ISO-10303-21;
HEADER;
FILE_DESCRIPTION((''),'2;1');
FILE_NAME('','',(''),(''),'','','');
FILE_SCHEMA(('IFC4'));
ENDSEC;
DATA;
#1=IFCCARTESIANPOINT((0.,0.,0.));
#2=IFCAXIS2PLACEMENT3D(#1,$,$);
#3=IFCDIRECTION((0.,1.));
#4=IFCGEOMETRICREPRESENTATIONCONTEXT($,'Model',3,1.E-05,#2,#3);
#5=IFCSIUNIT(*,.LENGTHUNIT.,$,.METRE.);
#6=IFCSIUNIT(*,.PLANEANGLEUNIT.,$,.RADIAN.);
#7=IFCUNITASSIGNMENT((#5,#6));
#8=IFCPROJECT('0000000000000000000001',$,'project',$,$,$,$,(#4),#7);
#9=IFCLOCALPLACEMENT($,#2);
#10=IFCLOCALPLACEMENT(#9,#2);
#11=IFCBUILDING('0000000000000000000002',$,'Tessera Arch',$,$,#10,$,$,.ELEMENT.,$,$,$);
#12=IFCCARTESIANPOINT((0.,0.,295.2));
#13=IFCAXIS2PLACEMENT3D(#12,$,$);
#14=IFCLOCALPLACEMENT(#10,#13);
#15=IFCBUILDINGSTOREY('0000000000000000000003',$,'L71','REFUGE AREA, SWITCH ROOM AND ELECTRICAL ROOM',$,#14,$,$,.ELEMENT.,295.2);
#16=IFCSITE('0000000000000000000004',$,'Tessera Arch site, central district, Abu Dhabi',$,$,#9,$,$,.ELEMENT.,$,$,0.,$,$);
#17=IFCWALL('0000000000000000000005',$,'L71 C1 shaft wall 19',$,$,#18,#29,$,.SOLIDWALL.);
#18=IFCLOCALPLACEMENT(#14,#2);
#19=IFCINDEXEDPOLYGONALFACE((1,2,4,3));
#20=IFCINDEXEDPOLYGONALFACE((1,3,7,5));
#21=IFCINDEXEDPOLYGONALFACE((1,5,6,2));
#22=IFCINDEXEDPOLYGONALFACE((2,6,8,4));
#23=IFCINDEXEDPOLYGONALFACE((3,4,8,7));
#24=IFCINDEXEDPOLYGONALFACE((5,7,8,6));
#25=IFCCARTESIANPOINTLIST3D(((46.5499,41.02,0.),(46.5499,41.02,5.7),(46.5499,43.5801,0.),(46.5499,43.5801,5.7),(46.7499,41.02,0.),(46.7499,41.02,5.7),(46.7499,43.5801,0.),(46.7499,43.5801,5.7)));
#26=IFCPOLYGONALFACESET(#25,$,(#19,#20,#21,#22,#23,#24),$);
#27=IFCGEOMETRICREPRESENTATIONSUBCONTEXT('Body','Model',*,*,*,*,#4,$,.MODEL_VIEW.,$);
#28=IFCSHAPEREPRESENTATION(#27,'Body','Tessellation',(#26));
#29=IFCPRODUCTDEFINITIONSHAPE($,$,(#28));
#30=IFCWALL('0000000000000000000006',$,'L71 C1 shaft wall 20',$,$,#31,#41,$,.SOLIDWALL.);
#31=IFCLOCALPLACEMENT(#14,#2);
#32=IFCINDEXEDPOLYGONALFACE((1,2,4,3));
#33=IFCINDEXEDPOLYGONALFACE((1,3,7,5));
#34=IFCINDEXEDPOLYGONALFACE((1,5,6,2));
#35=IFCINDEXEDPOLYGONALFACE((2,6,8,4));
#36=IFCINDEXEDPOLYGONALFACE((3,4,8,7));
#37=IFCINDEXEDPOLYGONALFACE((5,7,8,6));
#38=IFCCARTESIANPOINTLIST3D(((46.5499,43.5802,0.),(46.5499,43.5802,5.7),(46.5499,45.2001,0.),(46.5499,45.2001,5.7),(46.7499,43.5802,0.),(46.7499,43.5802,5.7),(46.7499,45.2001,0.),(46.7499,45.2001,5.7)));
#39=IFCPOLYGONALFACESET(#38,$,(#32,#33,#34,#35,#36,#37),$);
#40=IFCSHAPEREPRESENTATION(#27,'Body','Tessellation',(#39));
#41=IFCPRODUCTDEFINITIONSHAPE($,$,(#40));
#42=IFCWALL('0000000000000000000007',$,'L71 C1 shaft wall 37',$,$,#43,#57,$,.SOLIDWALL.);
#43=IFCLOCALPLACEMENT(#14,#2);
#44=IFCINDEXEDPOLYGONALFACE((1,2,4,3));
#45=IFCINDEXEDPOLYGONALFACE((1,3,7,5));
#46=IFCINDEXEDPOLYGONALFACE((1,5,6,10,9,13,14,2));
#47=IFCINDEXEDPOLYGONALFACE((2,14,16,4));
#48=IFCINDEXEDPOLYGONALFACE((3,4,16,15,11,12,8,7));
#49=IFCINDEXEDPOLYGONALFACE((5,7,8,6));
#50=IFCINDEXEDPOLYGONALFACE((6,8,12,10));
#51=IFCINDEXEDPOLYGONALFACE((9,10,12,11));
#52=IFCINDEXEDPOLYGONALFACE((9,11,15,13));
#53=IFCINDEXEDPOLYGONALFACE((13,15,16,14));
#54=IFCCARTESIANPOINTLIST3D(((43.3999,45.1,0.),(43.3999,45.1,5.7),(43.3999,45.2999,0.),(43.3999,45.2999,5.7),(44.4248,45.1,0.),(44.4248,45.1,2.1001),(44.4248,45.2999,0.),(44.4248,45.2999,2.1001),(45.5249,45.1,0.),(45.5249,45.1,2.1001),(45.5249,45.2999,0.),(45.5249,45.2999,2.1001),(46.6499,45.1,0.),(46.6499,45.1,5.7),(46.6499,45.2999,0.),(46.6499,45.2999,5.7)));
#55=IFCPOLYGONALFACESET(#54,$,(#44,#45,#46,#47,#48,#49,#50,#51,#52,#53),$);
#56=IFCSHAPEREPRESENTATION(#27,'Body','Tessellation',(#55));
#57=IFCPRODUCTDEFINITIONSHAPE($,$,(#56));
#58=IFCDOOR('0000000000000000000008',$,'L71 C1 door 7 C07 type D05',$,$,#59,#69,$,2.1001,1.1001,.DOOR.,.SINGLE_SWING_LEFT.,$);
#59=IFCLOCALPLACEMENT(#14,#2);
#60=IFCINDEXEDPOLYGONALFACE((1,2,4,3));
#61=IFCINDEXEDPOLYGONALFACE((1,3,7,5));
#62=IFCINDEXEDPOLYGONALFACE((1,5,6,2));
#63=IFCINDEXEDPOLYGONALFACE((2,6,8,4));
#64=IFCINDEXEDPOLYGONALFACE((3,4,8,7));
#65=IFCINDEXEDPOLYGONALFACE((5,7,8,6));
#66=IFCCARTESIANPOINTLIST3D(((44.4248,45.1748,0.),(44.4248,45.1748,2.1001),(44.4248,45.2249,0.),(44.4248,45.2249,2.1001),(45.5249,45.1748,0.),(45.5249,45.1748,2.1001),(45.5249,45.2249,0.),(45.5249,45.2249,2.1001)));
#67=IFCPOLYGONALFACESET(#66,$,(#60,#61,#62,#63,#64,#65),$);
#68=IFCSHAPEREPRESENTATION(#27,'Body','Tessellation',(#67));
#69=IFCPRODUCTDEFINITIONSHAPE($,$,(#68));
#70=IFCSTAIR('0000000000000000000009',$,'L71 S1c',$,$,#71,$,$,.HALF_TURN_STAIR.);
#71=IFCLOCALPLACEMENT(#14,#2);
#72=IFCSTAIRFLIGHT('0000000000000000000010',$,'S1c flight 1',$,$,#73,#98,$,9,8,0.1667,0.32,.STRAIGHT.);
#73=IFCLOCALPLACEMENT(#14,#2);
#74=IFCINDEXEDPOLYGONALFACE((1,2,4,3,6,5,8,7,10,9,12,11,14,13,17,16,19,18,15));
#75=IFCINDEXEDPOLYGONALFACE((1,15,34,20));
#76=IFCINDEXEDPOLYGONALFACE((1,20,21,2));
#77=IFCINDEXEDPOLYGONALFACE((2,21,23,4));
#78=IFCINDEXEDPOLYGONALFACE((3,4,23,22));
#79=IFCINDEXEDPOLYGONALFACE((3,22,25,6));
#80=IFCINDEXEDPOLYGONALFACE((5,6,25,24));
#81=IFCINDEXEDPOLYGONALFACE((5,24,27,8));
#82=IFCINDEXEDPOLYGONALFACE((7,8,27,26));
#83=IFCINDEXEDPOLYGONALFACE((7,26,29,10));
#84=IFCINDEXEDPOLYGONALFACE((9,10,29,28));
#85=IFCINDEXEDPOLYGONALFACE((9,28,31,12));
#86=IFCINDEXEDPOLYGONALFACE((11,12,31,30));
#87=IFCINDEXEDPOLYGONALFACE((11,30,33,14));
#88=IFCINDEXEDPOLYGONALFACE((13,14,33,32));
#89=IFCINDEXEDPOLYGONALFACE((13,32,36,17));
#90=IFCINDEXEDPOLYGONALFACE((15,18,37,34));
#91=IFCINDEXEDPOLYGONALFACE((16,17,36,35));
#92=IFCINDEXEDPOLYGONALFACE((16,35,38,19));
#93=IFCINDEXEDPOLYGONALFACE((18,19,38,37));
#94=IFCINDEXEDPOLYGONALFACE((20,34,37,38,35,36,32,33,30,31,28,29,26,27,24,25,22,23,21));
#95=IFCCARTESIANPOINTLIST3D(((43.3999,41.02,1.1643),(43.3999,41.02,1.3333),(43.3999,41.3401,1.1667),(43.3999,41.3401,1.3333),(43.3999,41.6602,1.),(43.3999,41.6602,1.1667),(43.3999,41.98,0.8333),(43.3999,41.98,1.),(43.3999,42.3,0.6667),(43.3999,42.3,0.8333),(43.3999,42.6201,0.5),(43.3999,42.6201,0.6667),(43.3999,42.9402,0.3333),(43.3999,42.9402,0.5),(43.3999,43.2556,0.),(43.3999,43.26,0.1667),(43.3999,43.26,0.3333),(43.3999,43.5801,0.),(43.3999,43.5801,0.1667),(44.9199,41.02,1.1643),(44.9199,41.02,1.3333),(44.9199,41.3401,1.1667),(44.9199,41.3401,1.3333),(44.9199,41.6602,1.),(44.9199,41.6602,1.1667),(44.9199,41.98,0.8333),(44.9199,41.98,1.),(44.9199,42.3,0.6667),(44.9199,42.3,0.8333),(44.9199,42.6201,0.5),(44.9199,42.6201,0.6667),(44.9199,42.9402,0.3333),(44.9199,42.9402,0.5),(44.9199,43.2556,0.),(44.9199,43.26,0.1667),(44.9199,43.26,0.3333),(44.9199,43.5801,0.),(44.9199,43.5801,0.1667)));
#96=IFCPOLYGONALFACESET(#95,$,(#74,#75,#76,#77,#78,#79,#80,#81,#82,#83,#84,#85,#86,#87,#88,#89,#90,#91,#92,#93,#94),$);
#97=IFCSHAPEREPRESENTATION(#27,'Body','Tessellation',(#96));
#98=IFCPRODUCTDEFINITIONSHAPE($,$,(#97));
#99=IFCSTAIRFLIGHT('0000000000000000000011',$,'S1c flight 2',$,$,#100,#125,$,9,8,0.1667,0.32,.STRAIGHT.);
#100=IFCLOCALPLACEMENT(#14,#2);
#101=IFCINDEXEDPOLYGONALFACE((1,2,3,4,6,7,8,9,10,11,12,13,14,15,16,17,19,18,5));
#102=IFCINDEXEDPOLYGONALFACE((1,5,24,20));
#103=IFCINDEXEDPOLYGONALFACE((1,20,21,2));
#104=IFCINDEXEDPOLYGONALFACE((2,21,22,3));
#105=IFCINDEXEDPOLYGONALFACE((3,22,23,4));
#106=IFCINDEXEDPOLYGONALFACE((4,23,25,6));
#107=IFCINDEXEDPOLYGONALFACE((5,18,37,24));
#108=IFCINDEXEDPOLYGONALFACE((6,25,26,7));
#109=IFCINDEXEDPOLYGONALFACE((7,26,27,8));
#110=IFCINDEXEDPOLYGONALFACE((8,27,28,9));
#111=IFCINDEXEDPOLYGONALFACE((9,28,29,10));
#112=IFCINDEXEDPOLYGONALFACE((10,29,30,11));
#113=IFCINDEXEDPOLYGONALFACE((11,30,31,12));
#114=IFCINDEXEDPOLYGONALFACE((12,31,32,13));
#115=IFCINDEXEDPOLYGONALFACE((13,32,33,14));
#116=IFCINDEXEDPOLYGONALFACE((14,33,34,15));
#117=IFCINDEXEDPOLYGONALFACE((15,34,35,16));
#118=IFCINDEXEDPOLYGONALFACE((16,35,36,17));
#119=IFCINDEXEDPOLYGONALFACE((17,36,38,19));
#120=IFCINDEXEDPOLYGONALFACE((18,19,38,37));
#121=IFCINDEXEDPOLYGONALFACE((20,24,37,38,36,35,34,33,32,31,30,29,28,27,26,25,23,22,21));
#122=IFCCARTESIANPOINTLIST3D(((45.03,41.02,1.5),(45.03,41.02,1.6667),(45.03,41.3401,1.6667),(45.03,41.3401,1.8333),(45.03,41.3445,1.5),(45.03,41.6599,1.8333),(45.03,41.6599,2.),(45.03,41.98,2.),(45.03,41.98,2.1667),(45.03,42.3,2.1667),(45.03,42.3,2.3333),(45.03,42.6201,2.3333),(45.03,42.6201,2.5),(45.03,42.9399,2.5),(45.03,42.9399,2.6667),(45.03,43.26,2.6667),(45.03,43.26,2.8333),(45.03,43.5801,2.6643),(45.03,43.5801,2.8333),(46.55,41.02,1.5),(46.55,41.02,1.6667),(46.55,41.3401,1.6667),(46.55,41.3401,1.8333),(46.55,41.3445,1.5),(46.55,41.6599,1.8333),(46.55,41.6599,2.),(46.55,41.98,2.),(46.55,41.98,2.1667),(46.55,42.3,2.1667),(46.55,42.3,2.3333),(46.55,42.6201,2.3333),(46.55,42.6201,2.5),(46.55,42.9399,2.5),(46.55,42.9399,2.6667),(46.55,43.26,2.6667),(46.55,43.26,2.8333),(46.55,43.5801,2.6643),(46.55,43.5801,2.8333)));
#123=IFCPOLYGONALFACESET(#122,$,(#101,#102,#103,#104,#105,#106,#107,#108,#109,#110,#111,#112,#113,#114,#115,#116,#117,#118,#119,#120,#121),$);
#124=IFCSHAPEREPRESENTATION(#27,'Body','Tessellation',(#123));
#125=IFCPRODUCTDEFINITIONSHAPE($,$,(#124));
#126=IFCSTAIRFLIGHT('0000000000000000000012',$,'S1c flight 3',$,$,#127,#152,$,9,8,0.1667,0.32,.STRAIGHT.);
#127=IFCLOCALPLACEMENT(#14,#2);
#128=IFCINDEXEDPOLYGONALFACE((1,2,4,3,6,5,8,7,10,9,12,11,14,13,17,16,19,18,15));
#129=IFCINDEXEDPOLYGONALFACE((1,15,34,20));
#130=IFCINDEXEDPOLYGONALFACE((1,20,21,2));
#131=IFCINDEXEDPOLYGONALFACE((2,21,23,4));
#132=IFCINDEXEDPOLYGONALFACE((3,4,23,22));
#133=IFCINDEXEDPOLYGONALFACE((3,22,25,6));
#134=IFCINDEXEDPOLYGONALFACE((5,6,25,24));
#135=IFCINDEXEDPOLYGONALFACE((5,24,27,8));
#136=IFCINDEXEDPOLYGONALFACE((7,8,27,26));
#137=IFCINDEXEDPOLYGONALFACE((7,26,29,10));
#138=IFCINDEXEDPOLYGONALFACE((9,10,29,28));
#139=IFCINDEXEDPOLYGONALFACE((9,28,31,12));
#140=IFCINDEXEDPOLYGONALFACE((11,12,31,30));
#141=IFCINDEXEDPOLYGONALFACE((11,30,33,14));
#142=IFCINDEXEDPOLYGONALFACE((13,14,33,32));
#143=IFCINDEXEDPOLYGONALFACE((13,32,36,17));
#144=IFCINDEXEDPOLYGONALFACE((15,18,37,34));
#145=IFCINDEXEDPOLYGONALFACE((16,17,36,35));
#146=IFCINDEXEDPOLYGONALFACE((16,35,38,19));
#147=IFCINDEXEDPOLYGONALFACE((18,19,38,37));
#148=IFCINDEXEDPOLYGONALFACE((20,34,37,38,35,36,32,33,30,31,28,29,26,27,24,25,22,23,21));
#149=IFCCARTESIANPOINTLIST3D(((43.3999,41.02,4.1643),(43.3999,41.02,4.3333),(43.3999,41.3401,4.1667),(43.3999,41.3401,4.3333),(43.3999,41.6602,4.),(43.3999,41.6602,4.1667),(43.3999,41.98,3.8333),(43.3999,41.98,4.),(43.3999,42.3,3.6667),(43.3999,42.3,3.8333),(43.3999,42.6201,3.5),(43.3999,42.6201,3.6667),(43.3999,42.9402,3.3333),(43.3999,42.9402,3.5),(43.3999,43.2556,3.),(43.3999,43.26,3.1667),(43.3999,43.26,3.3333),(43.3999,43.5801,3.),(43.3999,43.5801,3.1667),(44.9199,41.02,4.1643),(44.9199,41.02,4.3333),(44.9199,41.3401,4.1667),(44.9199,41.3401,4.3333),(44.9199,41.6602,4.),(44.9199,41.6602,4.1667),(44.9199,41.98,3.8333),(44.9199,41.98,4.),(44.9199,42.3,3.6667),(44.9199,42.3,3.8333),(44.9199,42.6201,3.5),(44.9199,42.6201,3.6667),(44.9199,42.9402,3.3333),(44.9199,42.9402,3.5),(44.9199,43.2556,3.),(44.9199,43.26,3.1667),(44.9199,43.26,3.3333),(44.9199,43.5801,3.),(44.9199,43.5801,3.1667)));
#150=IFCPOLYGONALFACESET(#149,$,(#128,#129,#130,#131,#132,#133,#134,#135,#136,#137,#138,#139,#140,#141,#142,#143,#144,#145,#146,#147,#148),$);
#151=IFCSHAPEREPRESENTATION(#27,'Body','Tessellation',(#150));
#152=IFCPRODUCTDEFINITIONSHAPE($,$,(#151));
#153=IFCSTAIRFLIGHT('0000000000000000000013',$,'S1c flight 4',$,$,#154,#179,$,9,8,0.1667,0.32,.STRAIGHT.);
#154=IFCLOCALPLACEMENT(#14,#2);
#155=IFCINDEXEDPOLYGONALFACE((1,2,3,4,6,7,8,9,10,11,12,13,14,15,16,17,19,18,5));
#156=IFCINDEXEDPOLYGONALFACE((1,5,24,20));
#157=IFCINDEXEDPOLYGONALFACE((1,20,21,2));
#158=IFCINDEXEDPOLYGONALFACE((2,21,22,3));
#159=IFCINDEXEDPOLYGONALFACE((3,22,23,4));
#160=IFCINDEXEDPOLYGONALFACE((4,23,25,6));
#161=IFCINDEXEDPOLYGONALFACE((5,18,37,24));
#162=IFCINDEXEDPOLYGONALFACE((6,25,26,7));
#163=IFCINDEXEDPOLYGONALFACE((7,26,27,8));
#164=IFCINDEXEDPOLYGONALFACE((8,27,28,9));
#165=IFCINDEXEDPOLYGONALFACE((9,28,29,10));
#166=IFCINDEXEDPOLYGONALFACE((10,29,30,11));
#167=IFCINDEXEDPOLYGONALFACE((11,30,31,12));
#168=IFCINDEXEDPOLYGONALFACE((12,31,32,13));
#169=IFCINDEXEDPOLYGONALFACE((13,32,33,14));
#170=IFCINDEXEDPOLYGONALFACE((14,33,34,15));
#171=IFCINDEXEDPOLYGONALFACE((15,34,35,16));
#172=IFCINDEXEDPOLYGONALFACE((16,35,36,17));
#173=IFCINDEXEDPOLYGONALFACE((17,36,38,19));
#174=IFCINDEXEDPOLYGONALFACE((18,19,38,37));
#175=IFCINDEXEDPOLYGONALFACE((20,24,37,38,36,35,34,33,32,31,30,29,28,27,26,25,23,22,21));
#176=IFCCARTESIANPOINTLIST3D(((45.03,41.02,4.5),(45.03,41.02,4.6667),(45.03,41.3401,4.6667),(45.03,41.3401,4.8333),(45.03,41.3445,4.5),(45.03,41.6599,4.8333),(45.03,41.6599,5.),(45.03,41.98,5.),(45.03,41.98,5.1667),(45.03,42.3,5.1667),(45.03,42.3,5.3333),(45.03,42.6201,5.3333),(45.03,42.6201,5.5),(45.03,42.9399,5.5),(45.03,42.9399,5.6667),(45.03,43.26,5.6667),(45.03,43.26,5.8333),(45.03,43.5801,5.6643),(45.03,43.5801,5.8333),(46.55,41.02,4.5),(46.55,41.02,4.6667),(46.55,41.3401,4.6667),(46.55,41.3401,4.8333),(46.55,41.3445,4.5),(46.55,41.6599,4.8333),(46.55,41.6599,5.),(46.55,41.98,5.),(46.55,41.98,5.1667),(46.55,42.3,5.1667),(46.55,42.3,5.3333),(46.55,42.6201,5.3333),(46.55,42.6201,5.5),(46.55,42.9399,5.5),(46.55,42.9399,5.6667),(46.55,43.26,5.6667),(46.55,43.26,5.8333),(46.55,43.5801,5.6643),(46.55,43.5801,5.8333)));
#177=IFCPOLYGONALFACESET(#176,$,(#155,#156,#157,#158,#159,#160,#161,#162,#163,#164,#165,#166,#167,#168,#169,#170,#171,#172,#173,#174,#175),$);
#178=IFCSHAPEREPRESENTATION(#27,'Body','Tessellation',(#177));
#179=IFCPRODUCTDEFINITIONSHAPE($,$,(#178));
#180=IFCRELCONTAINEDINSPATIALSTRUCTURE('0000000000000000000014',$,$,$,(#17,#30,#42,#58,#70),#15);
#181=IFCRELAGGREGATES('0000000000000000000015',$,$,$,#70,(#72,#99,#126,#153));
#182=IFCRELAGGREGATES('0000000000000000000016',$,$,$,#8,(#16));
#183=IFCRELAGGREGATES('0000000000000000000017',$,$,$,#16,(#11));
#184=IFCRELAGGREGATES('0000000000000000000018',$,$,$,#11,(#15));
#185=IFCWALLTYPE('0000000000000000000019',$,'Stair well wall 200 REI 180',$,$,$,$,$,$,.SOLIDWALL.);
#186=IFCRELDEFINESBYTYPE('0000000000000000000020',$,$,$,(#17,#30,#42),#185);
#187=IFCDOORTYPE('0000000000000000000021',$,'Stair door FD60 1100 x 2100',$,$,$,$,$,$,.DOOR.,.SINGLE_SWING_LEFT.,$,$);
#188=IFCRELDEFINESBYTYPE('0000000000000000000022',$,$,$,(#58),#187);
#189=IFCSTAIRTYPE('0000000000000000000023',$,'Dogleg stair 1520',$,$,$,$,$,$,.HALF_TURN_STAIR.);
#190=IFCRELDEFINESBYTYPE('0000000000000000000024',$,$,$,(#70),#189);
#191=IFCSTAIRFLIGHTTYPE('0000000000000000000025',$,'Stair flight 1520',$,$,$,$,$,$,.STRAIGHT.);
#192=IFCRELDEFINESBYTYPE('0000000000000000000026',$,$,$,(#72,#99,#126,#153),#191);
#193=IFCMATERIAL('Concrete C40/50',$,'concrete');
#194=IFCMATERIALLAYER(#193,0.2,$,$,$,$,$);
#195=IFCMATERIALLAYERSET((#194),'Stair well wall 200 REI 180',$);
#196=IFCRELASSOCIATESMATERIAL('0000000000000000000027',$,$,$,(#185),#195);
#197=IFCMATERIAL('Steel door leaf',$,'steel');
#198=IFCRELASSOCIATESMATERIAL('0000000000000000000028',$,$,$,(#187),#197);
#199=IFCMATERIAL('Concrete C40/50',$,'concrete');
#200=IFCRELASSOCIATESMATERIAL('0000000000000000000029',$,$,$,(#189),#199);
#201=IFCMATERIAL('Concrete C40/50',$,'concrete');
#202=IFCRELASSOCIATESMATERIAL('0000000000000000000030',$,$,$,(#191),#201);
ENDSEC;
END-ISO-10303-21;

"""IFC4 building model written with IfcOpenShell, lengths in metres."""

from ifc_helpers import new_model, si_unit, direction, frame, frame_2d, origin, place, context, subcontext, project, spatial, polyline, rectangle, outline, extrude, material, layer, layer_set, type_object, element, fill, aggregate, save


model = new_model("IFC4")

# Units and contexts
model_context = context("Model", 3, precision=1e-05, world=origin(), true_north=direction((0.0, 1.0)))
body_context = subcontext(model_context, "Body", "Model", "MODEL_VIEW")
ifc_project = project(units=[si_unit("LENGTHUNIT", "METRE"), si_unit("PLANEANGLEUNIT", "RADIAN")], contexts=[model_context])

# Site, building, storey
site_placement = place(None, origin())
site = spatial("IfcSite", under=ifc_project, at=site_placement, Name="Tessera Arch site, central district, Abu Dhabi", CompositionType="ELEMENT", RefElevation=0.0)
building_placement = place(site_placement, origin())
building = spatial("IfcBuilding", under=site, at=building_placement, Name="Tessera Arch", CompositionType="ELEMENT")
storey_placement = place(building_placement, frame((0.0, 0.0, 295.2)))
storey = spatial("IfcBuildingStorey", under=building, at=storey_placement, Name="L71", Description="REFUGE AREA, SWITCH ROOM AND ELECTRICAL ROOM", CompositionType="ELEMENT", Elevation=295.2)

# Walls
ifc_material_1 = material(Name="Concrete C40/50", Category="concrete")
ifc_layer_1 = layer(ifc_material_1, 0.2)
ifc_layer_set_1 = layer_set([ifc_layer_1], Name="Stair well wall 200 REI 180")
wall_type_1 = type_object("IfcWallType", Name="Stair well wall 200 REI 180", PredefinedType="SOLIDWALL", material=ifc_layer_set_1)
wall_1_placement = place(storey_placement, frame((46.6499, 41.02, 0.0), z_axis=(0.0, 0.0, 1.0), x_axis=(0.0, 1.0, 0.0)))
element("IfcWall", 1, at=wall_1_placement, inside=storey, type_object=wall_type_1, Name="L71 C1 shaft wall 19", PredefinedType="SOLIDWALL", context=body_context, shape_type="SweptSolid", body=[
    extrude(rectangle(XDim=2.5601, YDim=0.2, at=frame_2d((1.28, 0.0))), origin(), (0.0, 0.0, 1.0), 5.7),
])
wall_2_placement = place(storey_placement, frame((46.6499, 43.5801, 0.0), z_axis=(0.0, 0.0, 1.0), x_axis=(0.0, 1.0, 0.0)))
element("IfcWall", 2, at=wall_2_placement, inside=storey, type_object=wall_type_1, Name="L71 C1 shaft wall 20", PredefinedType="SOLIDWALL", context=body_context, shape_type="SweptSolid", body=[
    extrude(rectangle(XDim=1.6199, YDim=0.2, at=frame_2d((0.8101, 0.0))), origin(), (0.0, 0.0, 1.0), 5.7),
])

# Wall, opening, door
wall_3_placement = place(storey_placement, frame((43.3999, 45.2, 0.0), z_axis=(0.0, 0.0, 1.0), x_axis=(1.0, 0.0, 0.0)))
wall_3 = element("IfcWall", 3, at=wall_3_placement, inside=storey, type_object=wall_type_1, Name="L71 C1 shaft wall 37", PredefinedType="SOLIDWALL", context=body_context, shape_type="SweptSolid", body=[
    extrude(rectangle(XDim=3.25, YDim=0.2, at=frame_2d((1.625, 0.0))), origin(), (0.0, 0.0, 1.0), 5.7),
])
opening_1_placement = place(wall_3_placement, frame((1.0249, 0.0, 0.0)))
opening_1 = element("IfcOpeningElement", 4, at=opening_1_placement, cuts=wall_3, PredefinedType="OPENING", context=body_context, shape_type="SweptSolid", body=[
    extrude(rectangle(XDim=1.1001, YDim=2.1001, at=frame_2d((0.55, 1.05))), frame((0.0, 0.1099, 0.0), z_axis=(0.0, -1.0, 0.0), x_axis=(1.0, 0.0, 0.0)), (0.0, 0.0, 1.0), 0.22),
])
ifc_material_2 = material(Name="Steel door leaf", Category="steel")
door_type_1 = type_object("IfcDoorType", Name="Stair door FD60 1100 x 2100", OperationType="SINGLE_SWING_LEFT", PredefinedType="DOOR", material=ifc_material_2)
door_1_placement = place(opening_1_placement, origin())
door_1 = element("IfcDoor", 5, at=door_1_placement, inside=storey, type_object=door_type_1, Name="L71 C1 door 7 C07 type D05", OperationType="SINGLE_SWING_LEFT", OverallHeight=2.1001, OverallWidth=1.1001, PredefinedType="DOOR", context=body_context, shape_type="SweptSolid", body=[
    extrude(rectangle(XDim=1.1001, YDim=2.1001, at=frame_2d((0.55, 1.05))), frame((0.0, 0.0249, 0.0), z_axis=(0.0, -1.0, 0.0), x_axis=(1.0, 0.0, 0.0)), (0.0, 0.0, 1.0), 0.05),
])
fill(opening_1, door_1)

# Stair, stair flights
ifc_material_3 = material(Name="Concrete C40/50", Category="concrete")
stair_type = type_object("IfcStairType", Name="Dogleg stair 1520", PredefinedType="HALF_TURN_STAIR", material=ifc_material_3)
stair_placement = place(storey_placement, origin())
stair = element("IfcStair", 6, at=stair_placement, inside=storey, type_object=stair_type, Name="L71 S1c", PredefinedType="HALF_TURN_STAIR")
ifc_material_4 = material(Name="Concrete C40/50", Category="concrete")
stair_flight_type = type_object("IfcStairFlightType", Name="Stair flight 1520", PredefinedType="STRAIGHT", material=ifc_material_4)
stair_flight_1_placement = place(storey_placement, frame((44.1599, 43.5801, 0.0), z_axis=(0.0, 0.0, 1.0), x_axis=(0.0, -1.0, 0.0)))
stair_flight_1 = element("IfcStairFlight", 7, at=stair_flight_1_placement, type_object=stair_flight_type, Name="S1c flight 1", NumberOfRisers=9, NumberOfTreads=8, PredefinedType="STRAIGHT", RiserHeight=0.1667, TreadLength=0.32, context=body_context, shape_type="SweptSolid", body=[
    extrude(outline(polyline([(0.0, 0.0), (0.0, 0.1667), (0.3201, 0.1667), (0.3201, 0.3333), (0.6399, 0.3333), (0.6399, 0.5), (0.96, 0.5), (0.96, 0.6667), (1.28, 0.6667), (1.28, 0.8333), (1.6001, 0.8333), (1.6001, 1.0), (1.9199, 1.0), (1.9199, 1.1667), (2.24, 1.1667), (2.24, 1.3333), (2.5601, 1.3333), (2.5601, 1.5), (2.5601, 1.1643), (0.3245, 0.0), (0.0, 0.0)])), frame((0.0, 0.76, 0.0), z_axis=(0.0, -1.0, 0.0), x_axis=(1.0, 0.0, 0.0)), (0.0, 0.0, 1.0), 1.52),
])
stair_flight_2_placement = place(storey_placement, frame((45.79, 41.02, 1.5), z_axis=(0.0, 0.0, 1.0), x_axis=(0.0, 1.0, 0.0)))
stair_flight_2 = element("IfcStairFlight", 8, at=stair_flight_2_placement, type_object=stair_flight_type, Name="S1c flight 2", NumberOfRisers=9, NumberOfTreads=8, PredefinedType="STRAIGHT", RiserHeight=0.1667, TreadLength=0.32, context=body_context, shape_type="SweptSolid", body=[
    extrude(outline(polyline([(0.0, 0.0), (0.0, 0.1667), (0.3201, 0.1667), (0.3201, 0.3333), (0.6399, 0.3333), (0.6399, 0.5), (0.96, 0.5), (0.96, 0.6667), (1.28, 0.6667), (1.28, 0.8333), (1.6001, 0.8333), (1.6001, 1.0), (1.9199, 1.0), (1.9199, 1.1667), (2.24, 1.1667), (2.24, 1.3333), (2.5601, 1.3333), (2.5601, 1.5), (2.5601, 1.1643), (0.3245, 0.0), (0.0, 0.0)])), frame((0.0, 0.76, 0.0), z_axis=(0.0, -1.0, 0.0), x_axis=(1.0, 0.0, 0.0)), (0.0, 0.0, 1.0), 1.52),
])
stair_flight_3_placement = place(storey_placement, frame((44.1599, 43.5801, 3.0), z_axis=(0.0, 0.0, 1.0), x_axis=(0.0, -1.0, 0.0)))
stair_flight_3 = element("IfcStairFlight", 9, at=stair_flight_3_placement, type_object=stair_flight_type, Name="S1c flight 3", NumberOfRisers=9, NumberOfTreads=8, PredefinedType="STRAIGHT", RiserHeight=0.1667, TreadLength=0.32, context=body_context, shape_type="SweptSolid", body=[
    extrude(outline(polyline([(0.0, 0.0), (0.0, 0.1667), (0.3201, 0.1667), (0.3201, 0.3333), (0.6399, 0.3333), (0.6399, 0.5), (0.96, 0.5), (0.96, 0.6667), (1.28, 0.6667), (1.28, 0.8333), (1.6001, 0.8333), (1.6001, 1.0), (1.9199, 1.0), (1.9199, 1.1667), (2.24, 1.1667), (2.24, 1.3333), (2.5601, 1.3333), (2.5601, 1.5), (2.5601, 1.1643), (0.3245, 0.0), (0.0, 0.0)])), frame((0.0, 0.76, 0.0), z_axis=(0.0, -1.0, 0.0), x_axis=(1.0, 0.0, 0.0)), (0.0, 0.0, 1.0), 1.52),
])
stair_flight_4_placement = place(storey_placement, frame((45.79, 41.02, 4.5), z_axis=(0.0, 0.0, 1.0), x_axis=(0.0, 1.0, 0.0)))
stair_flight_4 = element("IfcStairFlight", 10, at=stair_flight_4_placement, type_object=stair_flight_type, Name="S1c flight 4", NumberOfRisers=9, NumberOfTreads=8, PredefinedType="STRAIGHT", RiserHeight=0.1667, TreadLength=0.32, context=body_context, shape_type="SweptSolid", body=[
    extrude(outline(polyline([(0.0, 0.0), (0.0, 0.1667), (0.3201, 0.1667), (0.3201, 0.3333), (0.6399, 0.3333), (0.6399, 0.5), (0.96, 0.5), (0.96, 0.6667), (1.28, 0.6667), (1.28, 0.8333), (1.6001, 0.8333), (1.6001, 1.0), (1.9199, 1.0), (1.9199, 1.1667), (2.24, 1.1667), (2.24, 1.3333), (2.5601, 1.3333), (2.5601, 1.5), (2.5601, 1.1643), (0.3245, 0.0), (0.0, 0.0)])), frame((0.0, 0.76, 0.0), z_axis=(0.0, -1.0, 0.0), x_axis=(1.0, 0.0, 0.0)), (0.0, 0.0, 1.0), 1.52),
])
aggregate(stair, [stair_flight_1, stair_flight_2, stair_flight_3, stair_flight_4])

save(model, "model.ifc")
